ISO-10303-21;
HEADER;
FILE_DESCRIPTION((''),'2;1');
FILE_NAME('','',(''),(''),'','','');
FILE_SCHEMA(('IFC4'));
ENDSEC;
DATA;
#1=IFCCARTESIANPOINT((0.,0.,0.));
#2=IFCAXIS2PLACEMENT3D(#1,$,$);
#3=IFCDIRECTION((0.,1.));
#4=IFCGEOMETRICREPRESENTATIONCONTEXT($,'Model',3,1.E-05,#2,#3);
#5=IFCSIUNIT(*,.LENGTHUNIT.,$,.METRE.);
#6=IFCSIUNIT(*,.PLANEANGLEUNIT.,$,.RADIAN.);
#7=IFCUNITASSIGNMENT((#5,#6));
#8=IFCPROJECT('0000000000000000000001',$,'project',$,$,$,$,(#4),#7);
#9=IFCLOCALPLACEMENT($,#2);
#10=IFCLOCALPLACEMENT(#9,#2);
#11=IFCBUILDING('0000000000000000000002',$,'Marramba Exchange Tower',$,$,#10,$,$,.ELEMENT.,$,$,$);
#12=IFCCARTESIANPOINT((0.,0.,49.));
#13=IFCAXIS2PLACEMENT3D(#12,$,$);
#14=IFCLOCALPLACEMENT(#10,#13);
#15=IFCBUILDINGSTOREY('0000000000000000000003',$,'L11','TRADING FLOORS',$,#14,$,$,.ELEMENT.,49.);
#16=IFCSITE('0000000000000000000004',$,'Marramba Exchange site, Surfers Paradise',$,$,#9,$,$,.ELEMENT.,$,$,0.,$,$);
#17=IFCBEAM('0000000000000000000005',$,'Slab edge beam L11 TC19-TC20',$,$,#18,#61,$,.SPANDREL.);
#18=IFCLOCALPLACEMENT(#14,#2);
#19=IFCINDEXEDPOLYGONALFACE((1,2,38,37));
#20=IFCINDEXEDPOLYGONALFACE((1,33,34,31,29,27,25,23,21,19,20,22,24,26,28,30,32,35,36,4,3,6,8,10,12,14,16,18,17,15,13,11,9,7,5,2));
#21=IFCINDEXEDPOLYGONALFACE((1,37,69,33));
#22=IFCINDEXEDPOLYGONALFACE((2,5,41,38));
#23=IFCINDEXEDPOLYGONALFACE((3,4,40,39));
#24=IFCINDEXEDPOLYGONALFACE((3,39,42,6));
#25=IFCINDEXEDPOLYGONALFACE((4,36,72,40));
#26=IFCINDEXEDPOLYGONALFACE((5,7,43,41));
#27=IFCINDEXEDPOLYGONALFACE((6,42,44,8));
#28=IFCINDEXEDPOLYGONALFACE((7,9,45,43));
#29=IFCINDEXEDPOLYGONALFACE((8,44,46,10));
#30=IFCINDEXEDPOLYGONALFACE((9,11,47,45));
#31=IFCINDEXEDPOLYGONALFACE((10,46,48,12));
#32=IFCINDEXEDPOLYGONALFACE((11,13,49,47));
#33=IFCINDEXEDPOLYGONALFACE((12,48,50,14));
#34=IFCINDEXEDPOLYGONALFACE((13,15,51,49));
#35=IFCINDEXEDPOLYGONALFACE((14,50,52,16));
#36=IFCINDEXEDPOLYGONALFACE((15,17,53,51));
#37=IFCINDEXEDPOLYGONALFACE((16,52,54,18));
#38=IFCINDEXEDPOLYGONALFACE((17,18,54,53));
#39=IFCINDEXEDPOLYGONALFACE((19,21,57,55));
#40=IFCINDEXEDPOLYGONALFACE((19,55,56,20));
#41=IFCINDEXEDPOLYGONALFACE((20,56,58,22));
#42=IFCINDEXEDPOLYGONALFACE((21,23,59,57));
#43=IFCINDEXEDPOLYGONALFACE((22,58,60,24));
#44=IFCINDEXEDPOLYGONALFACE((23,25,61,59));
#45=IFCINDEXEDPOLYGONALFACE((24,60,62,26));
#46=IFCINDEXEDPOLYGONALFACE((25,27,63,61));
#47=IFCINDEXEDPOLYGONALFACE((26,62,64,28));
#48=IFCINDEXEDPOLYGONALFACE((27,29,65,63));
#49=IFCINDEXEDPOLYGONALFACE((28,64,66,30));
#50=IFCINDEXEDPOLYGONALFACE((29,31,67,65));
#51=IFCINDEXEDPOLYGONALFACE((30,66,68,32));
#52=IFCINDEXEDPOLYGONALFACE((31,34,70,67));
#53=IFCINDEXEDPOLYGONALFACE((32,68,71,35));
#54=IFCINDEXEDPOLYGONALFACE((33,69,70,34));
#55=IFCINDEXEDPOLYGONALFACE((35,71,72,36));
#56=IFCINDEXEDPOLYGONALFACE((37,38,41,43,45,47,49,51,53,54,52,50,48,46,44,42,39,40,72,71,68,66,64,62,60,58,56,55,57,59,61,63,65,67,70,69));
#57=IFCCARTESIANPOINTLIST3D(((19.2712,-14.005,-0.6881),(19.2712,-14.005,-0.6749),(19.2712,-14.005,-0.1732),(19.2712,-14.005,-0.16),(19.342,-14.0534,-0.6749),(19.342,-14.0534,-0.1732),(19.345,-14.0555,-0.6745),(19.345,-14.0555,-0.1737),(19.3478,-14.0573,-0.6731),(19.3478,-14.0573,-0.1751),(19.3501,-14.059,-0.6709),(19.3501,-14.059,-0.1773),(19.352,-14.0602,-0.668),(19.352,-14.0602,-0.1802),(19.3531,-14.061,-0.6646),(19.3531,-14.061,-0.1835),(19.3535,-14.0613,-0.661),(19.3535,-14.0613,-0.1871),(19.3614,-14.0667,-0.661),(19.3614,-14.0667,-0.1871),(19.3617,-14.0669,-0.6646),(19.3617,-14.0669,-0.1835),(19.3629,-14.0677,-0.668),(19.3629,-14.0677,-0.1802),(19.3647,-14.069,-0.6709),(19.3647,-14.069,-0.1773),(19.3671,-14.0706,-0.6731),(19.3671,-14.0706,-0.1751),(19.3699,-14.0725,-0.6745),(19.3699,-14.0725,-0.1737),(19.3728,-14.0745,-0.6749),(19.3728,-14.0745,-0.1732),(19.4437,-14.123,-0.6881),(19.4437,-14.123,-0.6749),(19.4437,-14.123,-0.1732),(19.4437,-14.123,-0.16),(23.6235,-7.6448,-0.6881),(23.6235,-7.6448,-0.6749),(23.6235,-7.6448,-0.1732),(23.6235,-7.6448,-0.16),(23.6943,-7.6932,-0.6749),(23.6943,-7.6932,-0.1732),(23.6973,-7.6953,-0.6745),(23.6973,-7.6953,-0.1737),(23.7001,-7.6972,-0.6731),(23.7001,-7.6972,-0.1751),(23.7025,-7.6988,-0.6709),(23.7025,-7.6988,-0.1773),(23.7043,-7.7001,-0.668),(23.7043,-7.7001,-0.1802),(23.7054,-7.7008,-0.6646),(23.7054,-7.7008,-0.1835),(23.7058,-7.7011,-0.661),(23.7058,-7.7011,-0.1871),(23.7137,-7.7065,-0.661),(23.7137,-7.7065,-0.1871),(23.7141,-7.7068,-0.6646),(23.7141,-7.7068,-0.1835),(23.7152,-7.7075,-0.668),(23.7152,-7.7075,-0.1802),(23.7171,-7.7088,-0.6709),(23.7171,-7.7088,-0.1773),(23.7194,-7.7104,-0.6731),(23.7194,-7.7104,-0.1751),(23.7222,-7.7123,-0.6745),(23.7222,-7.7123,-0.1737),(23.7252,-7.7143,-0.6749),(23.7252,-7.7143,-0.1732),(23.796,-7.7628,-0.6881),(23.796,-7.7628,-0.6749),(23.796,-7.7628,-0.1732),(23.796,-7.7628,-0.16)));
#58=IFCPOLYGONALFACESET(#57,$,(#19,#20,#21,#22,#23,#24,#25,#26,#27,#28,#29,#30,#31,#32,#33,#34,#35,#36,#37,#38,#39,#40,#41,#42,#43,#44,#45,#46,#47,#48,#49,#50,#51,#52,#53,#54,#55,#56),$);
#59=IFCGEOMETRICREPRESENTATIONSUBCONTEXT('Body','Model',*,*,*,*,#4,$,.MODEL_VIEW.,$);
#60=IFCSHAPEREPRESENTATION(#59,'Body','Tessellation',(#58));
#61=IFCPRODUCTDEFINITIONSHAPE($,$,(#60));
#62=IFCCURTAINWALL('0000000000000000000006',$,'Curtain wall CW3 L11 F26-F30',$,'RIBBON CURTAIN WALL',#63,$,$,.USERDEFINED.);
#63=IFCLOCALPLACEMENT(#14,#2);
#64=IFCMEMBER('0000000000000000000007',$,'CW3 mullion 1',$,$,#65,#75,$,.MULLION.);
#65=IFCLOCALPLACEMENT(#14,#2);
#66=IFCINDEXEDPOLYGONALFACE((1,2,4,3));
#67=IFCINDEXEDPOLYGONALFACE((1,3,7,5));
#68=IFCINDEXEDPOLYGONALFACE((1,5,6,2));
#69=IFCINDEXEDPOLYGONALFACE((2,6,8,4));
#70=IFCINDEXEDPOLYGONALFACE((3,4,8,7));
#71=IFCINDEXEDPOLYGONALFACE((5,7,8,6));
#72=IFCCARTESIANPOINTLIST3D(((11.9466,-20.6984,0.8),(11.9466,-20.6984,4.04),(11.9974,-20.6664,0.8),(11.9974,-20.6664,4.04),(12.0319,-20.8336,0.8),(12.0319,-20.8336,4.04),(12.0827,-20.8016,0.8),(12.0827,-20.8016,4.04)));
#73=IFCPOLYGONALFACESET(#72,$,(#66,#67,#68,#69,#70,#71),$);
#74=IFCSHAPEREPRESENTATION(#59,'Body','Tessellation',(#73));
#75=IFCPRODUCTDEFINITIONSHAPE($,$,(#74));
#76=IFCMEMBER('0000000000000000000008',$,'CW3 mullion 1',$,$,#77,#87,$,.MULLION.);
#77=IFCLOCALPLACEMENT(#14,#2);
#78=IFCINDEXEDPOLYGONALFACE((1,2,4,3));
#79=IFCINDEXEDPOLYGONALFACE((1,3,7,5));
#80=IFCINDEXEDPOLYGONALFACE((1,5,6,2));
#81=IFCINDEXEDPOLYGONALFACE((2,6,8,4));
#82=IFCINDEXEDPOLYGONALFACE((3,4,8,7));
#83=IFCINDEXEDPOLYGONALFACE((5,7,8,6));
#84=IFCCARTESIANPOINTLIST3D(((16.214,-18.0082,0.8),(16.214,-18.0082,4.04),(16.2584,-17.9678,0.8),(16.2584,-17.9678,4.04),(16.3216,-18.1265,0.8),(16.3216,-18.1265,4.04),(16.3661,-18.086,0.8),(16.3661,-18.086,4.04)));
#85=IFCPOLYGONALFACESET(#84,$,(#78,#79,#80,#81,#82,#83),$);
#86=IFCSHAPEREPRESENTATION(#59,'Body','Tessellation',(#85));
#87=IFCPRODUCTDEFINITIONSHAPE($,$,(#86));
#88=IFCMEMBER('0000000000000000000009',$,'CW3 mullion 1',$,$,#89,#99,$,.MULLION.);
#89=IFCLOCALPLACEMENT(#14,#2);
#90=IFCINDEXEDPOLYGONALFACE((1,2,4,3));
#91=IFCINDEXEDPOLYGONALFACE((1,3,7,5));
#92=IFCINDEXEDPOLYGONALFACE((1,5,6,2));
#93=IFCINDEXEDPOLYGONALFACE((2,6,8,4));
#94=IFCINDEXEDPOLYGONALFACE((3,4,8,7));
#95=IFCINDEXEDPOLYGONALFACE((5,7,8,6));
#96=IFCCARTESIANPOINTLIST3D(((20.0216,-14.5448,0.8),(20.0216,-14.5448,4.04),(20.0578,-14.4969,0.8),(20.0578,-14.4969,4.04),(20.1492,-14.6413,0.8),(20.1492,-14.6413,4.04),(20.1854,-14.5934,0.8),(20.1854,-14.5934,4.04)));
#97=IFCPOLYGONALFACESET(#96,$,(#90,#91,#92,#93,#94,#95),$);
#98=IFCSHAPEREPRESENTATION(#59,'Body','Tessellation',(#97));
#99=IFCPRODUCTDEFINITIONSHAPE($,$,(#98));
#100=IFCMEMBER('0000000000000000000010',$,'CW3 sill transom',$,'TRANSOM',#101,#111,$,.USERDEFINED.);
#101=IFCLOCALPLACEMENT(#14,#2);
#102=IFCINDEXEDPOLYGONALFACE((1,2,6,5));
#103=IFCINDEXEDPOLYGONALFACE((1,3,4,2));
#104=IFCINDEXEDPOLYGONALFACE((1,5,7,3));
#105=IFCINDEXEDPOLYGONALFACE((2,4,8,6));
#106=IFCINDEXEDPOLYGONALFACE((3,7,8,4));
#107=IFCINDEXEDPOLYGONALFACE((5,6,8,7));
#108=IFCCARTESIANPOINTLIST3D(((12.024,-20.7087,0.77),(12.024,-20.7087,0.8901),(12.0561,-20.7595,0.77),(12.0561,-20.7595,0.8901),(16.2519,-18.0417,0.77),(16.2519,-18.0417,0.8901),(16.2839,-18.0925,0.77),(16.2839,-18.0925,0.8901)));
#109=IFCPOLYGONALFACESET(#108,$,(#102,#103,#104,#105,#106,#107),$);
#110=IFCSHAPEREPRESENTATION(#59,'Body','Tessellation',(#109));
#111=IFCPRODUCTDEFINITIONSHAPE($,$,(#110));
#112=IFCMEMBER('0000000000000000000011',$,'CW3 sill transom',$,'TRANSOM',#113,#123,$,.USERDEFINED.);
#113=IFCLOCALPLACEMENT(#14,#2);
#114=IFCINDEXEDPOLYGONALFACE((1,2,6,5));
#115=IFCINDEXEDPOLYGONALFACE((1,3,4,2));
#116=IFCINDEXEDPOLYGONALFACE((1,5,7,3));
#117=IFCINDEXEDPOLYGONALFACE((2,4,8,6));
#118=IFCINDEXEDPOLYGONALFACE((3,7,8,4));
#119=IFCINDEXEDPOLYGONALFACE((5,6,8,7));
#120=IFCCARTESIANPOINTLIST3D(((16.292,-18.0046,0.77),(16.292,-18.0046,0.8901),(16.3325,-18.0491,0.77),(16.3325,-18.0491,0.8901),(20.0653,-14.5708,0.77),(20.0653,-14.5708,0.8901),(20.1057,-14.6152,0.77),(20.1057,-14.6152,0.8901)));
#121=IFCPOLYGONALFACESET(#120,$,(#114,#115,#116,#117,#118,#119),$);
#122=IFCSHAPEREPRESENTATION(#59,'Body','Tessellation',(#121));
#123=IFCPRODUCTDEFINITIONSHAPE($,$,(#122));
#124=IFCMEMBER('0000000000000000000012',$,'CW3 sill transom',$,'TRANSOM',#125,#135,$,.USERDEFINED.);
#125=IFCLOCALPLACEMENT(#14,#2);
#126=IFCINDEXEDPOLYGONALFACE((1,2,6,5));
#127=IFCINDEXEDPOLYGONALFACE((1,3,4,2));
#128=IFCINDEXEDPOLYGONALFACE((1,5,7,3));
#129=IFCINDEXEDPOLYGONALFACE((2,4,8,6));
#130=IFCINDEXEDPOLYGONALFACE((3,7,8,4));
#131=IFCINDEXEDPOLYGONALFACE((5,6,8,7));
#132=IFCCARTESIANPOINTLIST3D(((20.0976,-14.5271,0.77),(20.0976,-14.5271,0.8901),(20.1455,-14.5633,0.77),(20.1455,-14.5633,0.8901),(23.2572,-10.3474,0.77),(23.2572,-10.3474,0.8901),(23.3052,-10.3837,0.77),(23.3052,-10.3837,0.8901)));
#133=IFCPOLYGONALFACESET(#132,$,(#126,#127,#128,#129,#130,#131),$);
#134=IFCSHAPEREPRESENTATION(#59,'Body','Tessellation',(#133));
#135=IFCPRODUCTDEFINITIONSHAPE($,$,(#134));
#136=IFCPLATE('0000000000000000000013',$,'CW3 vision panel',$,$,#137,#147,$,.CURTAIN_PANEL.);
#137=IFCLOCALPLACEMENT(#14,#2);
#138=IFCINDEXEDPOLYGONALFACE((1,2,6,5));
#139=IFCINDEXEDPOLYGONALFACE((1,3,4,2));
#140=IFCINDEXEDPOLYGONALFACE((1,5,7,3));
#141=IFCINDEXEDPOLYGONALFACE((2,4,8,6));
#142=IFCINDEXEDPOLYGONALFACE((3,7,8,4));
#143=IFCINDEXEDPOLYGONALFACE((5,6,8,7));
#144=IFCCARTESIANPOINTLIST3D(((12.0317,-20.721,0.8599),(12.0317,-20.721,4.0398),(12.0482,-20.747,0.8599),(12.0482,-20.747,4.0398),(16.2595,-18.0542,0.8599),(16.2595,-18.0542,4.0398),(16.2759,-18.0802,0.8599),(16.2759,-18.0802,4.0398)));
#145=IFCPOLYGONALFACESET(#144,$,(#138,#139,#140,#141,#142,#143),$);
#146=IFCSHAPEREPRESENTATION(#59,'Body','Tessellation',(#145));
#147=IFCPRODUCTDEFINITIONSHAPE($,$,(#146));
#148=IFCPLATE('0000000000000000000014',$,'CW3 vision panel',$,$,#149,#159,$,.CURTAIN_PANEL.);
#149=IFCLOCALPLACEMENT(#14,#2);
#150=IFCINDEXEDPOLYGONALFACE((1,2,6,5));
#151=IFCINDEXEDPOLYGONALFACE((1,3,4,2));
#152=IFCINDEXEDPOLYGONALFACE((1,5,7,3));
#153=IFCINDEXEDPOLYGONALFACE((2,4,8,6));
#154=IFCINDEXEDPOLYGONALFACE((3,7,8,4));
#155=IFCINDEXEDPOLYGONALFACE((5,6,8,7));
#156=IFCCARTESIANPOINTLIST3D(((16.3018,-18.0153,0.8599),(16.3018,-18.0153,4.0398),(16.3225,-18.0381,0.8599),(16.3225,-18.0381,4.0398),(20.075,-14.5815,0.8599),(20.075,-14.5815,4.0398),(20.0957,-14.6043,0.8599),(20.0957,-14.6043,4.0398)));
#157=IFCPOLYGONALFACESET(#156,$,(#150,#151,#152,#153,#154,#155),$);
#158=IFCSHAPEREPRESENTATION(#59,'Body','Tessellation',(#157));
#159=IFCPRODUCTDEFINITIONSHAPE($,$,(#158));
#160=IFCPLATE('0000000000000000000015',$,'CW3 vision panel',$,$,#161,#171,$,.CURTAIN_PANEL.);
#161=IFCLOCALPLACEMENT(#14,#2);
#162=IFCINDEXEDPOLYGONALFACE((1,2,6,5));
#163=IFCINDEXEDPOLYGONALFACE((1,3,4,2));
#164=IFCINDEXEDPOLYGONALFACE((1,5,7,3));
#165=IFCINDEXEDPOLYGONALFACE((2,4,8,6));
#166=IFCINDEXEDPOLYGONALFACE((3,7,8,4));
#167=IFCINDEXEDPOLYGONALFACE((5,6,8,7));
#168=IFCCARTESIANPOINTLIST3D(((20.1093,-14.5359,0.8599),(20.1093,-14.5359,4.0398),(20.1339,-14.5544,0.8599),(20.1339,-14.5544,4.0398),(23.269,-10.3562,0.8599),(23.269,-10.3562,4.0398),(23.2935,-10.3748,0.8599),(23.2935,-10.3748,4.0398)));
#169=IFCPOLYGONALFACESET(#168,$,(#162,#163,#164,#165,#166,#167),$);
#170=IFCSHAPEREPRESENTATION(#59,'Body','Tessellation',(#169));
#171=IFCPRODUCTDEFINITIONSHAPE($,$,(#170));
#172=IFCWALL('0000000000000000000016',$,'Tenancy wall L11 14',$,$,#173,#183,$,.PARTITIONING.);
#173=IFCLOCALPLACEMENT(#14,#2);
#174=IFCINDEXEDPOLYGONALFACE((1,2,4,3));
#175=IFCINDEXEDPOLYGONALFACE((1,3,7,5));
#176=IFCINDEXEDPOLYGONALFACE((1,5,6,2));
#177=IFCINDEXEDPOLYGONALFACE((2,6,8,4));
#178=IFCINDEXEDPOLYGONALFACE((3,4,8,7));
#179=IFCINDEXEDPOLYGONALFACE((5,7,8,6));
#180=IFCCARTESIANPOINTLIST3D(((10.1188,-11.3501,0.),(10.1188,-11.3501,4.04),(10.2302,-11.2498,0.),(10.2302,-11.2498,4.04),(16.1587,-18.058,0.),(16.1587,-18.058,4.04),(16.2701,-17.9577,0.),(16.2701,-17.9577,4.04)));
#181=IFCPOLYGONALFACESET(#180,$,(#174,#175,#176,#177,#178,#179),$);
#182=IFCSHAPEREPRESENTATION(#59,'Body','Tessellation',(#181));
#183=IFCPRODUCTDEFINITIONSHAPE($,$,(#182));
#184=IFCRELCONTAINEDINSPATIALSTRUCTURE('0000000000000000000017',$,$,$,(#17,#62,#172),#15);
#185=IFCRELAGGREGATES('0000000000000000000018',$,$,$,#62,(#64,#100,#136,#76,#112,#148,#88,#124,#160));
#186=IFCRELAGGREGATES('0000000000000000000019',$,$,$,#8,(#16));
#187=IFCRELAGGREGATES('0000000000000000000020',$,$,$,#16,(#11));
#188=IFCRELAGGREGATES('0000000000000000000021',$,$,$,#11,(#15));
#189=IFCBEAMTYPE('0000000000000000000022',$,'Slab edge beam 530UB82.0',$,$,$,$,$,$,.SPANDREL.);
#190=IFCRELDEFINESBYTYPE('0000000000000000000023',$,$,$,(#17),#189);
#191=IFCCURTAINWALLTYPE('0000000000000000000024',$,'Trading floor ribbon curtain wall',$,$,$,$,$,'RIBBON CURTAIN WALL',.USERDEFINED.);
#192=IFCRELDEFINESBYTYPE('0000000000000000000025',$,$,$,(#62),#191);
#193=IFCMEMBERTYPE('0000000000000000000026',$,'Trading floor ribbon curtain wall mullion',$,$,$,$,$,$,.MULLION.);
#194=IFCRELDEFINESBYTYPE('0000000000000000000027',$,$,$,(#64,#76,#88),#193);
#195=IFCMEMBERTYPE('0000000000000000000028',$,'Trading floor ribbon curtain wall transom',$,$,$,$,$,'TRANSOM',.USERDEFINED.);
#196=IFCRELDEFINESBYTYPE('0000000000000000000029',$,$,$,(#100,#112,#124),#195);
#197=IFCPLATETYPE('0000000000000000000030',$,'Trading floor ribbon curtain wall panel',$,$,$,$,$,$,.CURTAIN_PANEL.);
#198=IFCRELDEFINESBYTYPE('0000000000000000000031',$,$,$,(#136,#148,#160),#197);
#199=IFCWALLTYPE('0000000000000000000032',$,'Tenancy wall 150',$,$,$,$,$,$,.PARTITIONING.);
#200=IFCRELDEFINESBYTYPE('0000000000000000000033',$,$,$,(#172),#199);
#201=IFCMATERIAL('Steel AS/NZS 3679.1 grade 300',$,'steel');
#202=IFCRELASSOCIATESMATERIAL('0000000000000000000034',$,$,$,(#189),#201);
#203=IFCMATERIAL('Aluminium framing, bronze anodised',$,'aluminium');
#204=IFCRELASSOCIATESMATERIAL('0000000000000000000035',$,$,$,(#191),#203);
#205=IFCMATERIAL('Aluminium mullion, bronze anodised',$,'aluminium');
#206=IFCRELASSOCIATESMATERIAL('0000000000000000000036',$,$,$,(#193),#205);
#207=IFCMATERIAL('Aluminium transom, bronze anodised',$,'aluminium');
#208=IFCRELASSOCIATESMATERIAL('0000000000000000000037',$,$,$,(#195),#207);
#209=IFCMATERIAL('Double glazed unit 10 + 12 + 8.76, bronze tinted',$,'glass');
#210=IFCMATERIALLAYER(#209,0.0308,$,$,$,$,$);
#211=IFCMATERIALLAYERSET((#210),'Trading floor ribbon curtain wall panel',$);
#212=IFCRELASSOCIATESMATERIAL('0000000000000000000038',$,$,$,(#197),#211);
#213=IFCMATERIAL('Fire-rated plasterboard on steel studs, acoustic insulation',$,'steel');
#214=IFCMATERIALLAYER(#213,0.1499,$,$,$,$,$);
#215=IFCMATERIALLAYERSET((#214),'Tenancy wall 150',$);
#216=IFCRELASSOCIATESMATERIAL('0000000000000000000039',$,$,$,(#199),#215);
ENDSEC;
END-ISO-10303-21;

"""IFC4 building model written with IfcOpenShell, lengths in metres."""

from ifc_helpers import new_model, si_unit, direction, frame, frame_2d, origin, origin_2d, place, context, subcontext, project, spatial, rectangle, i_section, extrude, material, layer, layer_set, material_profile, profile_set, type_object, element, aggregate, save


model = new_model("IFC4")

# Units and contexts
model_context = context("Model", 3, precision=1e-05, world=origin(), true_north=direction((0.0, 1.0)))
body_context = subcontext(model_context, "Body", "Model", "MODEL_VIEW")
ifc_project = project(units=[si_unit("LENGTHUNIT", "METRE"), si_unit("PLANEANGLEUNIT", "RADIAN")], contexts=[model_context])

# Site, building, storey
site_placement = place(None, origin())
site = spatial("IfcSite", under=ifc_project, at=site_placement, Name="Marramba Exchange site, Surfers Paradise", CompositionType="ELEMENT", RefElevation=0.0)
building_placement = place(site_placement, origin())
building = spatial("IfcBuilding", under=site, at=building_placement, Name="Marramba Exchange Tower", CompositionType="ELEMENT")
storey_placement = place(building_placement, frame((0.0, 0.0, 49.0)))
storey = spatial("IfcBuildingStorey", under=building, at=storey_placement, Name="L11", Description="TRADING FLOORS", CompositionType="ELEMENT", Elevation=49.0)

# Beam
ifc_material_1 = material(Name="Steel AS/NZS 3679.1 grade 300", Category="steel")
ifc_material_profile_1 = material_profile(ifc_material_1, i_section(OverallWidth=0.209, OverallDepth=0.5281, WebThickness=0.0095, FlangeThickness=0.0132, FilletRadius=0.0139, at=origin_2d()), Name="530UB82.0")
ifc_profile_set_1 = profile_set([ifc_material_profile_1], Name="Steel AS/NZS 3679.1 grade 300")
beam_type_1 = type_object("IfcBeamType", Name="Slab edge beam 530UB82.0", PredefinedType="SPANDREL", material=ifc_profile_set_1)
beam_1_placement = place(storey_placement, frame((19.3574, -14.064, -0.4241), z_axis=(0.564741, 0.825268, 0.0), x_axis=(-0.825268, 0.564741, 0.0)))
element("IfcBeam", 1, at=beam_1_placement, inside=storey, type_object=beam_type_1, Name="Slab edge beam L11 TC19-TC20", PredefinedType="SPANDREL", context=body_context, shape_type="SweptSolid", body=[
    extrude(i_section(OverallWidth=0.209, OverallDepth=0.5281, WebThickness=0.0095, FlangeThickness=0.0132, FilletRadius=0.0139, at=origin_2d()), origin(), (0.0, 0.0, 1.0), 7.7068),
])

# Curtain wall, members, plates
ifc_material_2 = material(Name="Aluminium framing, bronze anodised", Category="aluminium")
curtain_wall_type = type_object("IfcCurtainWallType", Name="Trading floor ribbon curtain wall", ElementType="RIBBON CURTAIN WALL", PredefinedType="USERDEFINED", material=ifc_material_2)
curtain_wall_placement = place(storey_placement, origin())
curtain_wall = element("IfcCurtainWall", 2, at=curtain_wall_placement, inside=storey, type_object=curtain_wall_type, Name="Curtain wall CW3 L11 F26-F30", ObjectType="RIBBON CURTAIN WALL", PredefinedType="USERDEFINED")
ifc_material_3 = material(Name="Aluminium mullion, bronze anodised", Category="aluminium")
ifc_material_profile_2 = material_profile(ifc_material_3, rectangle(XDim=0.1599, YDim=0.0601, at=origin_2d()), Name="CW3 mullion 60x160")
ifc_profile_set_2 = profile_set([ifc_material_profile_2], Name="Aluminium mullion, bronze anodised")
member_type_1 = type_object("IfcMemberType", Name="Trading floor ribbon curtain wall mullion", PredefinedType="MULLION", material=ifc_profile_set_2)
member_1_placement = place(storey_placement, frame((12.0146, -20.75, 0.8), z_axis=(0.0, 0.0, 1.0), x_axis=(-0.533515, 0.845791, 0.0)))
member_1 = element("IfcMember", 3, at=member_1_placement, type_object=member_type_1, Name="CW3 mullion 1", PredefinedType="MULLION", context=body_context, shape_type="SweptSolid", body=[
    extrude(rectangle(XDim=0.1599, YDim=0.0601, at=origin_2d()), origin(), (0.0, 0.0, 1.0), 3.24),
])
member_2_placement = place(storey_placement, frame((16.29, -18.0471, 0.8), z_axis=(0.0, 0.0, 1.0), x_axis=(-0.673058, 0.73959, 0.0)))
member_2 = element("IfcMember", 4, at=member_2_placement, type_object=member_type_1, Name="CW3 mullion 1", PredefinedType="MULLION", context=body_context, shape_type="SweptSolid", body=[
    extrude(rectangle(XDim=0.1599, YDim=0.0601, at=origin_2d()), origin(), (0.0, 0.0, 1.0), 3.24),
])
member_3_placement = place(storey_placement, frame((20.1035, -14.5691, 0.8), z_axis=(0.0, 0.0, 1.0), x_axis=(-0.797711, 0.60304, 0.0)))
member_3 = element("IfcMember", 5, at=member_3_placement, type_object=member_type_1, Name="CW3 mullion 1", PredefinedType="MULLION", context=body_context, shape_type="SweptSolid", body=[
    extrude(rectangle(XDim=0.1599, YDim=0.0601, at=origin_2d()), origin(), (0.0, 0.0, 1.0), 3.24),
])
ifc_material_4 = material(Name="Aluminium transom, bronze anodised", Category="aluminium")
ifc_material_profile_3 = material_profile(ifc_material_4, rectangle(XDim=0.0601, YDim=0.1201, at=origin_2d()), Name="CW3 transom 60x120")
ifc_profile_set_3 = profile_set([ifc_material_profile_3], Name="Aluminium transom, bronze anodised")
member_type_2 = type_object("IfcMemberType", Name="Trading floor ribbon curtain wall transom", ElementType="TRANSOM", PredefinedType="USERDEFINED", material=ifc_profile_set_3)
member_4_placement = place(storey_placement, frame((12.04, -20.7341, 0.8301), z_axis=(0.845777, 0.533537, 0.0), x_axis=(-0.533537, 0.845777, 0.0)))
member_4 = element("IfcMember", 6, at=member_4_placement, type_object=member_type_2, Name="CW3 sill transom", ObjectType="TRANSOM", PredefinedType="USERDEFINED", context=body_context, shape_type="SweptSolid", body=[
    extrude(rectangle(XDim=0.0601, YDim=0.1201, at=origin_2d()), origin(), (0.0, 0.0, 1.0), 4.9988),
])
member_5_placement = place(storey_placement, frame((16.3123, -18.0269, 0.8301), z_axis=(0.739583, 0.673066, 0.0), x_axis=(-0.673066, 0.739583, 0.0)))
member_5 = element("IfcMember", 7, at=member_5_placement, type_object=member_type_2, Name="CW3 sill transom", ObjectType="TRANSOM", PredefinedType="USERDEFINED", context=body_context, shape_type="SweptSolid", body=[
    extrude(rectangle(XDim=0.0601, YDim=0.1201, at=origin_2d()), origin(), (0.0, 0.0, 1.0), 5.1018),
])
member_6_placement = place(storey_placement, frame((20.1216, -14.5452, 0.8301), z_axis=(0.603037, 0.797713, 0.0), x_axis=(-0.797713, 0.603037, 0.0)))
member_6 = element("IfcMember", 8, at=member_6_placement, type_object=member_type_2, Name="CW3 sill transom", ObjectType="TRANSOM", PredefinedType="USERDEFINED", context=body_context, shape_type="SweptSolid", body=[
    extrude(rectangle(XDim=0.0601, YDim=0.1201, at=origin_2d()), origin(), (0.0, 0.0, 1.0), 5.2395),
])
ifc_material_5 = material(Name="Double glazed unit 10 + 12 + 8.76, bronze tinted", Category="glass")
ifc_layer_1 = layer(ifc_material_5, 0.0308)
ifc_layer_set_1 = layer_set([ifc_layer_1], Name="Trading floor ribbon curtain wall panel")
plate_type = type_object("IfcPlateType", Name="Trading floor ribbon curtain wall panel", PredefinedType="CURTAIN_PANEL", material=ifc_layer_set_1)
plate_1_placement = place(storey_placement, frame((14.1538, -19.4006, 0.8599), z_axis=(0.0, 0.0, 1.0), x_axis=(0.845791, 0.533515, 0.0)))
plate_1 = element("IfcPlate", 9, at=plate_1_placement, type_object=plate_type, Name="CW3 vision panel", PredefinedType="CURTAIN_PANEL", context=body_context, shape_type="SweptSolid", body=[
    extrude(rectangle(XDim=4.9985, YDim=0.0308, at=origin_2d()), origin(), (0.0, 0.0, 1.0), 3.1799),
])
plate_2_placement = place(storey_placement, frame((18.1987, -16.3098, 0.8599), z_axis=(0.0, 0.0, 1.0), x_axis=(0.73959, 0.673058, 0.0)))
plate_2 = element("IfcPlate", 10, at=plate_2_placement, type_object=plate_type, Name="CW3 vision panel", PredefinedType="CURTAIN_PANEL", context=body_context, shape_type="SweptSolid", body=[
    extrude(rectangle(XDim=5.1018, YDim=0.0308, at=origin_2d()), origin(), (0.0, 0.0, 1.0), 3.1799),
])
plate_3_placement = place(storey_placement, frame((21.7014, -12.4553, 0.8599), z_axis=(0.0, 0.0, 1.0), x_axis=(0.60304, 0.797711, 0.0)))
plate_3 = element("IfcPlate", 11, at=plate_3_placement, type_object=plate_type, Name="CW3 vision panel", PredefinedType="CURTAIN_PANEL", context=body_context, shape_type="SweptSolid", body=[
    extrude(rectangle(XDim=5.2395, YDim=0.0308, at=origin_2d()), origin(), (0.0, 0.0, 1.0), 3.1799),
])
aggregate(curtain_wall, [member_1, member_4, plate_1, member_2, member_5, plate_2, member_3, member_6, plate_3])

# Wall
ifc_material_6 = material(Name="Fire-rated plasterboard on steel studs, acoustic insulation", Category="steel")
ifc_layer_2 = layer(ifc_material_6, 0.1499)
ifc_layer_set_2 = layer_set([ifc_layer_2], Name="Tenancy wall 150")
wall_type = type_object("IfcWallType", Name="Tenancy wall 150", PredefinedType="PARTITIONING", material=ifc_layer_set_2)
wall_placement = place(storey_placement, frame((16.2144, -18.0078, 0.0), z_axis=(0.0, 0.0, 1.0), x_axis=(-0.669137, 0.743139, 0.0)))
element("IfcWall", 12, at=wall_placement, inside=storey, type_object=wall_type, Name="Tenancy wall L11 14", PredefinedType="PARTITIONING", context=body_context, shape_type="SweptSolid", body=[
    extrude(rectangle(XDim=9.0264, YDim=0.1499, at=frame_2d((4.5132, 0.0))), origin(), (0.0, 0.0, 1.0), 4.04),
])

save(model, "model.ifc")
